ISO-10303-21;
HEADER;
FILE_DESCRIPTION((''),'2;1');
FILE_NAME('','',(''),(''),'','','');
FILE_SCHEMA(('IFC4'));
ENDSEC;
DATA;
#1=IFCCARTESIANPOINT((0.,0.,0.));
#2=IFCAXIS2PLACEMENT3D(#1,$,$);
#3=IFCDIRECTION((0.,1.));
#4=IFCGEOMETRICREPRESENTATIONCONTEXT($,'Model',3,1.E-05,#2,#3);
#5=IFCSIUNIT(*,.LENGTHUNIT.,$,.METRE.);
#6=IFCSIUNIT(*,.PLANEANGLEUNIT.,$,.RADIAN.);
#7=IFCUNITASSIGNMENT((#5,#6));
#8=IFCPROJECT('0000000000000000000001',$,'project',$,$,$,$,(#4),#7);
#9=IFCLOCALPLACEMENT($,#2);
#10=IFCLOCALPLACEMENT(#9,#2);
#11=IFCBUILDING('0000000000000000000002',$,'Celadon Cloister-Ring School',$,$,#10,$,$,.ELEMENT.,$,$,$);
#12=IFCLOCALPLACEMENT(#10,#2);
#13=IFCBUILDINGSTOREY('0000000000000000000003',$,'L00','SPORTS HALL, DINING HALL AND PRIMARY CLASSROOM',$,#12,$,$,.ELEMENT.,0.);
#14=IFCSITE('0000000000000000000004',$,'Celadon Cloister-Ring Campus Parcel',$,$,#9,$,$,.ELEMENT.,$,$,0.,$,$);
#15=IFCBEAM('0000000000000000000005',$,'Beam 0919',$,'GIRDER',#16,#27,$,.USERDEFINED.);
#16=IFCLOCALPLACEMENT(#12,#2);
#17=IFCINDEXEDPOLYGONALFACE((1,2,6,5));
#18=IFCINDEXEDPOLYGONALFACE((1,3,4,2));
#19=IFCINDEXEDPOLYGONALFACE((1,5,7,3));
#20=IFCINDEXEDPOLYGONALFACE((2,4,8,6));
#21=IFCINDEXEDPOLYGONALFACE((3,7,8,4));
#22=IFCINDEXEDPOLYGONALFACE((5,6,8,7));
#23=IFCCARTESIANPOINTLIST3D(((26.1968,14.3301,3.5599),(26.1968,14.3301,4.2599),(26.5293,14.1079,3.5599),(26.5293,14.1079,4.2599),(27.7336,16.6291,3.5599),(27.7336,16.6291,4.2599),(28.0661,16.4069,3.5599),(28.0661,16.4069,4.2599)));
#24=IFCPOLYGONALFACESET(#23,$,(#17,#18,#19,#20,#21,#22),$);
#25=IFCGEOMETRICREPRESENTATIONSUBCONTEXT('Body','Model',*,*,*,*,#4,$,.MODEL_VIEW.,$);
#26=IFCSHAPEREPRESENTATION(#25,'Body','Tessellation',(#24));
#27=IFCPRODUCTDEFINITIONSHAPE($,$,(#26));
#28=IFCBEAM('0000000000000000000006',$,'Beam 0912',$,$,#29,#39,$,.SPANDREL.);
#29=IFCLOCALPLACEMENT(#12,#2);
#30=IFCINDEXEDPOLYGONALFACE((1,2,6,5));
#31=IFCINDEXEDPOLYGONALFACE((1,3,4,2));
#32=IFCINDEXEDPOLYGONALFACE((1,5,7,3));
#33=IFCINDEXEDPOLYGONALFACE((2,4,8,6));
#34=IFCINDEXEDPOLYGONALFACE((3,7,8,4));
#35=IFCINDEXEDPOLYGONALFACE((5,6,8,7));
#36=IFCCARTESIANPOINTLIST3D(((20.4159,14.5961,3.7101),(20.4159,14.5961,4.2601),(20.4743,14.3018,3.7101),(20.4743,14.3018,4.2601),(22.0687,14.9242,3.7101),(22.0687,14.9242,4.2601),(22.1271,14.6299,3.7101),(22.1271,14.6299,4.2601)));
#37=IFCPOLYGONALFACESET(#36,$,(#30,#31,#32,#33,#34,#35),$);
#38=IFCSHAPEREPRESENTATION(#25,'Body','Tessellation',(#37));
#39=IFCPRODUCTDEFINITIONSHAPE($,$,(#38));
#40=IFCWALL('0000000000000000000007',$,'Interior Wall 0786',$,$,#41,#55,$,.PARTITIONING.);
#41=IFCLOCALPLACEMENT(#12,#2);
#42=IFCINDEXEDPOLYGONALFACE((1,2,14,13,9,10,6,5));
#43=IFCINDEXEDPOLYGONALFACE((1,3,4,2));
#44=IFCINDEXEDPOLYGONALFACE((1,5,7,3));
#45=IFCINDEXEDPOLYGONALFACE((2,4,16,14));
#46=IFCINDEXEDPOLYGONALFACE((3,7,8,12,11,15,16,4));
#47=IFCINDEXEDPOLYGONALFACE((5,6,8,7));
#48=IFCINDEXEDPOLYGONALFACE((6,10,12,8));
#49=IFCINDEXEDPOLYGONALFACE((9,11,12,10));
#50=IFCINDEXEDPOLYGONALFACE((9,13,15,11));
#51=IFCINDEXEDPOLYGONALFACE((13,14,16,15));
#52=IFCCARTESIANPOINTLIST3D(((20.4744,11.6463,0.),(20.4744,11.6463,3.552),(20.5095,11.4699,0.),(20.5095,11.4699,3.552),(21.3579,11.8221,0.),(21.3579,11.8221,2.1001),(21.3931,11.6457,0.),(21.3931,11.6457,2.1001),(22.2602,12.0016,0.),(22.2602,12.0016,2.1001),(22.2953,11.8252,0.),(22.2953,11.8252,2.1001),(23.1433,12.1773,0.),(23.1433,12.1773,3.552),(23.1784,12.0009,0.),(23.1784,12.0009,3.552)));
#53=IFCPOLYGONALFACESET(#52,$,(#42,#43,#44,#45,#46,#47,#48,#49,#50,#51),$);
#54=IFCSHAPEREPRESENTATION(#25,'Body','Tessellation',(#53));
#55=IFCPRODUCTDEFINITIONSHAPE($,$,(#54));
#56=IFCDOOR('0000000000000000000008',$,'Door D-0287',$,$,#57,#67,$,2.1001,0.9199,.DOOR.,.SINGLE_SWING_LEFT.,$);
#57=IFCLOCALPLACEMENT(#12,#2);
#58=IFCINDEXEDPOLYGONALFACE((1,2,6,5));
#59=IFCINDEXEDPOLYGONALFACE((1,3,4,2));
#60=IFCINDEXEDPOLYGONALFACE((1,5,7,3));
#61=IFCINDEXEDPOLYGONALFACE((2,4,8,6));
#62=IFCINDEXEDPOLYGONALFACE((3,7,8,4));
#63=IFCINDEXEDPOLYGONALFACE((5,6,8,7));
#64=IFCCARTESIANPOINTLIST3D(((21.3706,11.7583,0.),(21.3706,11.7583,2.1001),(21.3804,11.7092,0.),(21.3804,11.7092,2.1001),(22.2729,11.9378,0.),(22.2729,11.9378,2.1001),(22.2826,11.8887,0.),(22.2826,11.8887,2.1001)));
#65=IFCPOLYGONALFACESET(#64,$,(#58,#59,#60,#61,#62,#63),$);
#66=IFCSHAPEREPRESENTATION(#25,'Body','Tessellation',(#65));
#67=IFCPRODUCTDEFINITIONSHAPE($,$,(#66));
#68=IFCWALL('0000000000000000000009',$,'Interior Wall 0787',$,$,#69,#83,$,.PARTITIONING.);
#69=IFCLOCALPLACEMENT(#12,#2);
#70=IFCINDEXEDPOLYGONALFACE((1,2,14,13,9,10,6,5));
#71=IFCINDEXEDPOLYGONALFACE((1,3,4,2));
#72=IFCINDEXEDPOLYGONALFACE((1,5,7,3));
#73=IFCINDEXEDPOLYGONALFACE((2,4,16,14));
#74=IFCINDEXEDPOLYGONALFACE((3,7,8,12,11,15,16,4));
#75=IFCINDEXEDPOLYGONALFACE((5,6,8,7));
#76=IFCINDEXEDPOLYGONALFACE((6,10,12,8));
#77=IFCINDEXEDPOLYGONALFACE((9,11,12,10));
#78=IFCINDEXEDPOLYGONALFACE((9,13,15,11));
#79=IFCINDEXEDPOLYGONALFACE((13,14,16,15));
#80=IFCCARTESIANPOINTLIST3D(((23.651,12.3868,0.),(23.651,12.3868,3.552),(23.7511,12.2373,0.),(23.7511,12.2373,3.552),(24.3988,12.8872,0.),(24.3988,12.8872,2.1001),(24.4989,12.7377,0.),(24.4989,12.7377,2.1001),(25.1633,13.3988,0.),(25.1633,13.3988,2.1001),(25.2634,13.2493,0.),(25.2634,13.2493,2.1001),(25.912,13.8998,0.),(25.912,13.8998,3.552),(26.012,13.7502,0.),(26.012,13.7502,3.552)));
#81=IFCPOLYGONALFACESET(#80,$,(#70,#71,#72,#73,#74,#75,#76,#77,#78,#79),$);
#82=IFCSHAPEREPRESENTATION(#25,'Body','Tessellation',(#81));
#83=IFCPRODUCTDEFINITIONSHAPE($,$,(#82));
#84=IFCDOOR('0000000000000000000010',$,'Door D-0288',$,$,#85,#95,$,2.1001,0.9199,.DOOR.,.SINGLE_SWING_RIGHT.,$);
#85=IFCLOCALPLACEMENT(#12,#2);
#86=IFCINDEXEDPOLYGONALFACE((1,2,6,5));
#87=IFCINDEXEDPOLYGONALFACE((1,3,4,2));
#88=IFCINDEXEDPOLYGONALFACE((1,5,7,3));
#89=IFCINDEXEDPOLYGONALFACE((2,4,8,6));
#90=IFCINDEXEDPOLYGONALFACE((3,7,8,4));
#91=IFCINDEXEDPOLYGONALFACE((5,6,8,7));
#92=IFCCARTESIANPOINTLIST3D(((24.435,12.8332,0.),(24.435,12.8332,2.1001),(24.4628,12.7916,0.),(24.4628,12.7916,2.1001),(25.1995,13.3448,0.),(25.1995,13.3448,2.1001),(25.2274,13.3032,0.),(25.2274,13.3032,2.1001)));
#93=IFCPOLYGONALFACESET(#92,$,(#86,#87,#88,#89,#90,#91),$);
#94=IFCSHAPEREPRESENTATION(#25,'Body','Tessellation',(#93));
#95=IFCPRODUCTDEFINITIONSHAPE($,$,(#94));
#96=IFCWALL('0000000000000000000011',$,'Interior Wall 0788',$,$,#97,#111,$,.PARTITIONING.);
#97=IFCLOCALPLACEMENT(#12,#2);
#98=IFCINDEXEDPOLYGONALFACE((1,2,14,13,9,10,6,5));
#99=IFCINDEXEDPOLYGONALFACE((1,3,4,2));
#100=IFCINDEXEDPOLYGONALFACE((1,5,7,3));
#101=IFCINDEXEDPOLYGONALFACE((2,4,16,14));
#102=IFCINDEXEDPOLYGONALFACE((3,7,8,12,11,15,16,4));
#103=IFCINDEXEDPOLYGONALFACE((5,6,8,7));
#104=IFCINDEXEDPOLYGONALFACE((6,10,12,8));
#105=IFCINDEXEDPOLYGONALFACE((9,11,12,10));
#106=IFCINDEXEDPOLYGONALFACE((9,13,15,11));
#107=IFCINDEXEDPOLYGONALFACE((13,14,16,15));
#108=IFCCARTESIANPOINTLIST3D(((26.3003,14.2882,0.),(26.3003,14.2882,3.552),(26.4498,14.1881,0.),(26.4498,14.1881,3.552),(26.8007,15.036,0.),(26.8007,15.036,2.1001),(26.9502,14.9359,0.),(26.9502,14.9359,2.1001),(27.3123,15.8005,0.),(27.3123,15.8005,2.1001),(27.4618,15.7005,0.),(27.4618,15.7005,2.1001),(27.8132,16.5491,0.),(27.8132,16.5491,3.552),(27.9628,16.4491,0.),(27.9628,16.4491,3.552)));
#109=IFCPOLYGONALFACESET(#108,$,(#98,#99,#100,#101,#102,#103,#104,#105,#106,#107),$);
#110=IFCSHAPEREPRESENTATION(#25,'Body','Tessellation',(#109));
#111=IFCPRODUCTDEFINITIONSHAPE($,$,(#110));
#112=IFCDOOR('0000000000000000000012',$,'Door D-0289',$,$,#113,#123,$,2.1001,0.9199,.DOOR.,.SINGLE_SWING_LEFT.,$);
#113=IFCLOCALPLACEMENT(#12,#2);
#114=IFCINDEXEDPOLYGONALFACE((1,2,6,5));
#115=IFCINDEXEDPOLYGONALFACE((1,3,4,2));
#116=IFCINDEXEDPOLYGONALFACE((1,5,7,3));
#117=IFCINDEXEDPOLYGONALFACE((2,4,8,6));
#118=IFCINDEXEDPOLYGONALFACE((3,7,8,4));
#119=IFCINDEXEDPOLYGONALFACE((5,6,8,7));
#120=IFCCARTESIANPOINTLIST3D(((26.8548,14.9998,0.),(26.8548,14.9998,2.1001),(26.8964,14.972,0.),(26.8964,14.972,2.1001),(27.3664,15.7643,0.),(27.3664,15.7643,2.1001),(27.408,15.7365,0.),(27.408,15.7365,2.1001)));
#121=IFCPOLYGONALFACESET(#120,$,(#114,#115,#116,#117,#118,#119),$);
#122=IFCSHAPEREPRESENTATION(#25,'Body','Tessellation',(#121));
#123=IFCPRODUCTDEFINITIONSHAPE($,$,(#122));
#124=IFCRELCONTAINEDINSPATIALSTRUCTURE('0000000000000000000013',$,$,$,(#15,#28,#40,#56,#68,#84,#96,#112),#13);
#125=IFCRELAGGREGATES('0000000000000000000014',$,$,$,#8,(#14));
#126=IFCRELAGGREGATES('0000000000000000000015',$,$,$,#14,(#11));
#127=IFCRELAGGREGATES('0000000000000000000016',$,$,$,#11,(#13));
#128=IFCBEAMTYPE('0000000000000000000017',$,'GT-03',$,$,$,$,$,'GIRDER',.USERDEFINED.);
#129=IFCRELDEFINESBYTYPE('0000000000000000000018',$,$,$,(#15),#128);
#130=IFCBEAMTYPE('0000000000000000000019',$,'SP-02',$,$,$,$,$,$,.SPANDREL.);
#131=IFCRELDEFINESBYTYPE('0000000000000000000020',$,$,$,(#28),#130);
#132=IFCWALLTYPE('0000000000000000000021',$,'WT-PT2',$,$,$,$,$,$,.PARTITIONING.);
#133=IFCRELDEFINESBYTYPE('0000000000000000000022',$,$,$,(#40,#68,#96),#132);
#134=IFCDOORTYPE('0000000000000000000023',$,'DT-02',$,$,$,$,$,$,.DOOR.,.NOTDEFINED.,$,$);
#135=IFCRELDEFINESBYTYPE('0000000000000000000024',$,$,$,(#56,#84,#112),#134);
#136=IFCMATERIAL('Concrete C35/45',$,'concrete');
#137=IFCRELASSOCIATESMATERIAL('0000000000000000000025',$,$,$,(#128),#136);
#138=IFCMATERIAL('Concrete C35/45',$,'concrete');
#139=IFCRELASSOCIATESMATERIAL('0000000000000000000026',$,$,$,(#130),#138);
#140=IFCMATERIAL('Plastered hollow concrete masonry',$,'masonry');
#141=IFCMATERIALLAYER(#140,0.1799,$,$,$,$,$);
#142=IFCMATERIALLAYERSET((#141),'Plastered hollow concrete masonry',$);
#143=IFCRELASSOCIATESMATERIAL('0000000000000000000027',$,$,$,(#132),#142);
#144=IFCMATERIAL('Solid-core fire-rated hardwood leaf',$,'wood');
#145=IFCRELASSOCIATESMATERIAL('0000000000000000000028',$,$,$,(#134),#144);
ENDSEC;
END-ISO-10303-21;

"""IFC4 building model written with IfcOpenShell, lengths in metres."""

from ifc_helpers import new_model, si_unit, direction, frame, frame_2d, origin, origin_2d, place, context, subcontext, project, spatial, rectangle, extrude, material, layer, layer_set, material_profile, profile_set, type_object, element, fill, save


model = new_model("IFC4")

# Units and contexts
model_context = context("Model", 3, precision=1e-05, world=origin(), true_north=direction((0.0, 1.0)))
body_context = subcontext(model_context, "Body", "Model", "MODEL_VIEW")
ifc_project = project(units=[si_unit("LENGTHUNIT", "METRE"), si_unit("PLANEANGLEUNIT", "RADIAN")], contexts=[model_context])

# Site, building, storey
site_placement = place(None, origin())
site = spatial("IfcSite", under=ifc_project, at=site_placement, Name="Celadon Cloister-Ring Campus Parcel", CompositionType="ELEMENT", RefElevation=0.0)
building_placement = place(site_placement, origin())
building = spatial("IfcBuilding", under=site, at=building_placement, Name="Celadon Cloister-Ring School", CompositionType="ELEMENT")
storey_placement = place(building_placement, origin())
storey = spatial("IfcBuildingStorey", under=building, at=storey_placement, Name="L00", Description="SPORTS HALL, DINING HALL AND PRIMARY CLASSROOM", CompositionType="ELEMENT", Elevation=0.0)

# Beams
ifc_material_1 = material(Name="Concrete C35/45", Category="concrete")
ifc_material_profile_1 = material_profile(ifc_material_1, rectangle(XDim=0.3999, YDim=0.7, at=origin_2d()), Name="RC400X700")
ifc_profile_set_1 = profile_set([ifc_material_profile_1], Name="Concrete C35/45")
beam_type_1 = type_object("IfcBeamType", Name="GT-03", ElementType="GIRDER", PredefinedType="USERDEFINED", material=ifc_profile_set_1)
for number, where, z_axis, x_axis, name in (
    (1, (26.363, 14.219, 3.9099), (0.555739, 0.831357, 0.0), (-0.831357, 0.555739, 0.0), "Beam 0919"),
):
    element("IfcBeam", number, at=place(storey_placement, frame(where, z_axis=z_axis, x_axis=x_axis)), inside=storey, type_object=beam_type_1, Name=name, ObjectType="GIRDER", PredefinedType="USERDEFINED", context=body_context, shape_type="SweptSolid", body=[
        extrude(rectangle(XDim=0.3999, YDim=0.7, at=origin_2d()), origin(), (0.0, 0.0, 1.0), 2.7654),
    ])
ifc_material_2 = material(Name="Concrete C35/45", Category="concrete")
ifc_material_profile_2 = material_profile(ifc_material_2, rectangle(XDim=0.3, YDim=0.55, at=origin_2d()), Name="RC300X550")
ifc_profile_set_2 = profile_set([ifc_material_profile_2], Name="Concrete C35/45")
beam_type_2 = type_object("IfcBeamType", Name="SP-02", PredefinedType="SPANDREL", material=ifc_profile_set_2)
beam_1_placement = place(storey_placement, frame((20.4451, 14.449, 3.9851), z_axis=(0.980858, 0.194723, 0.0), x_axis=(-0.194723, 0.980858, 0.0)))
element("IfcBeam", 2, at=beam_1_placement, inside=storey, type_object=beam_type_2, Name="Beam 0912", PredefinedType="SPANDREL", context=body_context, shape_type="SweptSolid", body=[
    extrude(rectangle(XDim=0.3, YDim=0.55, at=origin_2d()), origin(), (0.0, 0.0, 1.0), 1.6851),
])

# Walls, openings, doors
ifc_material_3 = material(Name="Plastered hollow concrete masonry", Category="masonry")
ifc_layer = layer(ifc_material_3, 0.1799)
ifc_layer_set = layer_set([ifc_layer], Name="Plastered hollow concrete masonry")
wall_type = type_object("IfcWallType", Name="WT-PT2", PredefinedType="PARTITIONING", material=ifc_layer_set)
wall_1_placement = place(storey_placement, frame((20.4919, 11.5581, 0.0), z_axis=(0.0, 0.0, 1.0), x_axis=(0.980777, 0.195133, 0.0)))
wall_1 = element("IfcWall", 3, at=wall_1_placement, inside=storey, type_object=wall_type, Name="Interior Wall 0786", PredefinedType="PARTITIONING", context=body_context, shape_type="SweptSolid", body=[
    extrude(rectangle(XDim=2.7212, YDim=0.1799, at=frame_2d((1.3606, 0.0))), origin(), (0.0, 0.0, 1.0), 3.552),
])
opening_1_placement = place(wall_1_placement, frame((0.9009, 0.0, 0.0)))
opening_1 = element("IfcOpeningElement", 4, at=opening_1_placement, cuts=wall_1, PredefinedType="OPENING", context=body_context, shape_type="SweptSolid", body=[
    extrude(rectangle(XDim=0.9199, YDim=2.1001, at=frame_2d((0.46, 1.05))), frame((0.0, 0.1001, 0.0), z_axis=(0.0, -1.0, 0.0), x_axis=(1.0, 0.0, 0.0)), (0.0, 0.0, 1.0), 0.2),
])
ifc_material_4 = material(Name="Solid-core fire-rated hardwood leaf", Category="wood")
door_type = type_object("IfcDoorType", Name="DT-02", OperationType="NOTDEFINED", PredefinedType="DOOR", material=ifc_material_4)
door_1_placement = place(opening_1_placement, origin())
door_1 = element("IfcDoor", 5, at=door_1_placement, inside=storey, type_object=door_type, Name="Door D-0287", OperationType="SINGLE_SWING_LEFT", OverallHeight=2.1001, OverallWidth=0.9199, PredefinedType="DOOR", context=body_context, shape_type="SweptSolid", body=[
    extrude(rectangle(XDim=0.9199, YDim=2.1001, at=frame_2d((0.46, 1.05))), frame((0.0, 0.0249, 0.0), z_axis=(0.0, -1.0, 0.0), x_axis=(1.0, 0.0, 0.0)), (0.0, 0.0, 1.0), 0.05),
])
fill(opening_1, door_1)
wall_2_placement = place(storey_placement, frame((23.7009, 12.312, 0.0), z_axis=(0.0, 0.0, 1.0), x_axis=(0.831096, 0.556128, 0.0)))
wall_2 = element("IfcWall", 6, at=wall_2_placement, inside=storey, type_object=wall_type, Name="Interior Wall 0787", PredefinedType="PARTITIONING", context=body_context, shape_type="SweptSolid", body=[
    extrude(rectangle(XDim=2.7205, YDim=0.1799, at=frame_2d((1.3604, 0.0))), origin(), (0.0, 0.0, 1.0), 3.552),
])
opening_2_placement = place(wall_2_placement, frame((0.8999, 0.0, 0.0)))
opening_2 = element("IfcOpeningElement", 7, at=opening_2_placement, cuts=wall_2, PredefinedType="OPENING", context=body_context, shape_type="SweptSolid", body=[
    extrude(rectangle(XDim=0.9199, YDim=2.1001, at=frame_2d((0.46, 1.05))), frame((0.0, 0.1001, 0.0), z_axis=(0.0, -1.0, 0.0), x_axis=(1.0, 0.0, 0.0)), (0.0, 0.0, 1.0), 0.2),
])
door_2_placement = place(opening_2_placement, origin())
door_2 = element("IfcDoor", 8, at=door_2_placement, inside=storey, type_object=door_type, Name="Door D-0288", OperationType="SINGLE_SWING_RIGHT", OverallHeight=2.1001, OverallWidth=0.9199, PredefinedType="DOOR", context=body_context, shape_type="SweptSolid", body=[
    extrude(rectangle(XDim=0.9199, YDim=2.1001, at=frame_2d((0.46, 1.05))), frame((0.0, 0.0249, 0.0), z_axis=(0.0, -1.0, 0.0), x_axis=(1.0, 0.0, 0.0)), (0.0, 0.0, 1.0), 0.05),
])
fill(opening_2, door_2)
wall_3_placement = place(storey_placement, frame((26.375, 14.238, 0.0), z_axis=(0.0, 0.0, 1.0), x_axis=(0.556128, 0.831096, 0.0)))
wall_3 = element("IfcWall", 9, at=wall_3_placement, inside=storey, type_object=wall_type, Name="Interior Wall 0788", PredefinedType="PARTITIONING", context=body_context, shape_type="SweptSolid", body=[
    extrude(rectangle(XDim=2.7205, YDim=0.1799, at=frame_2d((1.3604, 0.0))), origin(), (0.0, 0.0, 1.0), 3.552),
])
opening_3_placement = place(wall_3_placement, frame((0.8999, 0.0, 0.0)))
opening_3 = element("IfcOpeningElement", 10, at=opening_3_placement, cuts=wall_3, PredefinedType="OPENING", context=body_context, shape_type="SweptSolid", body=[
    extrude(rectangle(XDim=0.9199, YDim=2.1001, at=frame_2d((0.46, 1.05))), frame((0.0, 0.1001, 0.0), z_axis=(0.0, -1.0, 0.0), x_axis=(1.0, 0.0, 0.0)), (0.0, 0.0, 1.0), 0.2),
])
door_3_placement = place(opening_3_placement, origin())
door_3 = element("IfcDoor", 11, at=door_3_placement, inside=storey, type_object=door_type, Name="Door D-0289", OperationType="SINGLE_SWING_LEFT", OverallHeight=2.1001, OverallWidth=0.9199, PredefinedType="DOOR", context=body_context, shape_type="SweptSolid", body=[
    extrude(rectangle(XDim=0.9199, YDim=2.1001, at=frame_2d((0.46, 1.05))), frame((0.0, 0.0249, 0.0), z_axis=(0.0, -1.0, 0.0), x_axis=(1.0, 0.0, 0.0)), (0.0, 0.0, 1.0), 0.05),
])
fill(opening_3, door_3)

save(model, "model.ifc")
